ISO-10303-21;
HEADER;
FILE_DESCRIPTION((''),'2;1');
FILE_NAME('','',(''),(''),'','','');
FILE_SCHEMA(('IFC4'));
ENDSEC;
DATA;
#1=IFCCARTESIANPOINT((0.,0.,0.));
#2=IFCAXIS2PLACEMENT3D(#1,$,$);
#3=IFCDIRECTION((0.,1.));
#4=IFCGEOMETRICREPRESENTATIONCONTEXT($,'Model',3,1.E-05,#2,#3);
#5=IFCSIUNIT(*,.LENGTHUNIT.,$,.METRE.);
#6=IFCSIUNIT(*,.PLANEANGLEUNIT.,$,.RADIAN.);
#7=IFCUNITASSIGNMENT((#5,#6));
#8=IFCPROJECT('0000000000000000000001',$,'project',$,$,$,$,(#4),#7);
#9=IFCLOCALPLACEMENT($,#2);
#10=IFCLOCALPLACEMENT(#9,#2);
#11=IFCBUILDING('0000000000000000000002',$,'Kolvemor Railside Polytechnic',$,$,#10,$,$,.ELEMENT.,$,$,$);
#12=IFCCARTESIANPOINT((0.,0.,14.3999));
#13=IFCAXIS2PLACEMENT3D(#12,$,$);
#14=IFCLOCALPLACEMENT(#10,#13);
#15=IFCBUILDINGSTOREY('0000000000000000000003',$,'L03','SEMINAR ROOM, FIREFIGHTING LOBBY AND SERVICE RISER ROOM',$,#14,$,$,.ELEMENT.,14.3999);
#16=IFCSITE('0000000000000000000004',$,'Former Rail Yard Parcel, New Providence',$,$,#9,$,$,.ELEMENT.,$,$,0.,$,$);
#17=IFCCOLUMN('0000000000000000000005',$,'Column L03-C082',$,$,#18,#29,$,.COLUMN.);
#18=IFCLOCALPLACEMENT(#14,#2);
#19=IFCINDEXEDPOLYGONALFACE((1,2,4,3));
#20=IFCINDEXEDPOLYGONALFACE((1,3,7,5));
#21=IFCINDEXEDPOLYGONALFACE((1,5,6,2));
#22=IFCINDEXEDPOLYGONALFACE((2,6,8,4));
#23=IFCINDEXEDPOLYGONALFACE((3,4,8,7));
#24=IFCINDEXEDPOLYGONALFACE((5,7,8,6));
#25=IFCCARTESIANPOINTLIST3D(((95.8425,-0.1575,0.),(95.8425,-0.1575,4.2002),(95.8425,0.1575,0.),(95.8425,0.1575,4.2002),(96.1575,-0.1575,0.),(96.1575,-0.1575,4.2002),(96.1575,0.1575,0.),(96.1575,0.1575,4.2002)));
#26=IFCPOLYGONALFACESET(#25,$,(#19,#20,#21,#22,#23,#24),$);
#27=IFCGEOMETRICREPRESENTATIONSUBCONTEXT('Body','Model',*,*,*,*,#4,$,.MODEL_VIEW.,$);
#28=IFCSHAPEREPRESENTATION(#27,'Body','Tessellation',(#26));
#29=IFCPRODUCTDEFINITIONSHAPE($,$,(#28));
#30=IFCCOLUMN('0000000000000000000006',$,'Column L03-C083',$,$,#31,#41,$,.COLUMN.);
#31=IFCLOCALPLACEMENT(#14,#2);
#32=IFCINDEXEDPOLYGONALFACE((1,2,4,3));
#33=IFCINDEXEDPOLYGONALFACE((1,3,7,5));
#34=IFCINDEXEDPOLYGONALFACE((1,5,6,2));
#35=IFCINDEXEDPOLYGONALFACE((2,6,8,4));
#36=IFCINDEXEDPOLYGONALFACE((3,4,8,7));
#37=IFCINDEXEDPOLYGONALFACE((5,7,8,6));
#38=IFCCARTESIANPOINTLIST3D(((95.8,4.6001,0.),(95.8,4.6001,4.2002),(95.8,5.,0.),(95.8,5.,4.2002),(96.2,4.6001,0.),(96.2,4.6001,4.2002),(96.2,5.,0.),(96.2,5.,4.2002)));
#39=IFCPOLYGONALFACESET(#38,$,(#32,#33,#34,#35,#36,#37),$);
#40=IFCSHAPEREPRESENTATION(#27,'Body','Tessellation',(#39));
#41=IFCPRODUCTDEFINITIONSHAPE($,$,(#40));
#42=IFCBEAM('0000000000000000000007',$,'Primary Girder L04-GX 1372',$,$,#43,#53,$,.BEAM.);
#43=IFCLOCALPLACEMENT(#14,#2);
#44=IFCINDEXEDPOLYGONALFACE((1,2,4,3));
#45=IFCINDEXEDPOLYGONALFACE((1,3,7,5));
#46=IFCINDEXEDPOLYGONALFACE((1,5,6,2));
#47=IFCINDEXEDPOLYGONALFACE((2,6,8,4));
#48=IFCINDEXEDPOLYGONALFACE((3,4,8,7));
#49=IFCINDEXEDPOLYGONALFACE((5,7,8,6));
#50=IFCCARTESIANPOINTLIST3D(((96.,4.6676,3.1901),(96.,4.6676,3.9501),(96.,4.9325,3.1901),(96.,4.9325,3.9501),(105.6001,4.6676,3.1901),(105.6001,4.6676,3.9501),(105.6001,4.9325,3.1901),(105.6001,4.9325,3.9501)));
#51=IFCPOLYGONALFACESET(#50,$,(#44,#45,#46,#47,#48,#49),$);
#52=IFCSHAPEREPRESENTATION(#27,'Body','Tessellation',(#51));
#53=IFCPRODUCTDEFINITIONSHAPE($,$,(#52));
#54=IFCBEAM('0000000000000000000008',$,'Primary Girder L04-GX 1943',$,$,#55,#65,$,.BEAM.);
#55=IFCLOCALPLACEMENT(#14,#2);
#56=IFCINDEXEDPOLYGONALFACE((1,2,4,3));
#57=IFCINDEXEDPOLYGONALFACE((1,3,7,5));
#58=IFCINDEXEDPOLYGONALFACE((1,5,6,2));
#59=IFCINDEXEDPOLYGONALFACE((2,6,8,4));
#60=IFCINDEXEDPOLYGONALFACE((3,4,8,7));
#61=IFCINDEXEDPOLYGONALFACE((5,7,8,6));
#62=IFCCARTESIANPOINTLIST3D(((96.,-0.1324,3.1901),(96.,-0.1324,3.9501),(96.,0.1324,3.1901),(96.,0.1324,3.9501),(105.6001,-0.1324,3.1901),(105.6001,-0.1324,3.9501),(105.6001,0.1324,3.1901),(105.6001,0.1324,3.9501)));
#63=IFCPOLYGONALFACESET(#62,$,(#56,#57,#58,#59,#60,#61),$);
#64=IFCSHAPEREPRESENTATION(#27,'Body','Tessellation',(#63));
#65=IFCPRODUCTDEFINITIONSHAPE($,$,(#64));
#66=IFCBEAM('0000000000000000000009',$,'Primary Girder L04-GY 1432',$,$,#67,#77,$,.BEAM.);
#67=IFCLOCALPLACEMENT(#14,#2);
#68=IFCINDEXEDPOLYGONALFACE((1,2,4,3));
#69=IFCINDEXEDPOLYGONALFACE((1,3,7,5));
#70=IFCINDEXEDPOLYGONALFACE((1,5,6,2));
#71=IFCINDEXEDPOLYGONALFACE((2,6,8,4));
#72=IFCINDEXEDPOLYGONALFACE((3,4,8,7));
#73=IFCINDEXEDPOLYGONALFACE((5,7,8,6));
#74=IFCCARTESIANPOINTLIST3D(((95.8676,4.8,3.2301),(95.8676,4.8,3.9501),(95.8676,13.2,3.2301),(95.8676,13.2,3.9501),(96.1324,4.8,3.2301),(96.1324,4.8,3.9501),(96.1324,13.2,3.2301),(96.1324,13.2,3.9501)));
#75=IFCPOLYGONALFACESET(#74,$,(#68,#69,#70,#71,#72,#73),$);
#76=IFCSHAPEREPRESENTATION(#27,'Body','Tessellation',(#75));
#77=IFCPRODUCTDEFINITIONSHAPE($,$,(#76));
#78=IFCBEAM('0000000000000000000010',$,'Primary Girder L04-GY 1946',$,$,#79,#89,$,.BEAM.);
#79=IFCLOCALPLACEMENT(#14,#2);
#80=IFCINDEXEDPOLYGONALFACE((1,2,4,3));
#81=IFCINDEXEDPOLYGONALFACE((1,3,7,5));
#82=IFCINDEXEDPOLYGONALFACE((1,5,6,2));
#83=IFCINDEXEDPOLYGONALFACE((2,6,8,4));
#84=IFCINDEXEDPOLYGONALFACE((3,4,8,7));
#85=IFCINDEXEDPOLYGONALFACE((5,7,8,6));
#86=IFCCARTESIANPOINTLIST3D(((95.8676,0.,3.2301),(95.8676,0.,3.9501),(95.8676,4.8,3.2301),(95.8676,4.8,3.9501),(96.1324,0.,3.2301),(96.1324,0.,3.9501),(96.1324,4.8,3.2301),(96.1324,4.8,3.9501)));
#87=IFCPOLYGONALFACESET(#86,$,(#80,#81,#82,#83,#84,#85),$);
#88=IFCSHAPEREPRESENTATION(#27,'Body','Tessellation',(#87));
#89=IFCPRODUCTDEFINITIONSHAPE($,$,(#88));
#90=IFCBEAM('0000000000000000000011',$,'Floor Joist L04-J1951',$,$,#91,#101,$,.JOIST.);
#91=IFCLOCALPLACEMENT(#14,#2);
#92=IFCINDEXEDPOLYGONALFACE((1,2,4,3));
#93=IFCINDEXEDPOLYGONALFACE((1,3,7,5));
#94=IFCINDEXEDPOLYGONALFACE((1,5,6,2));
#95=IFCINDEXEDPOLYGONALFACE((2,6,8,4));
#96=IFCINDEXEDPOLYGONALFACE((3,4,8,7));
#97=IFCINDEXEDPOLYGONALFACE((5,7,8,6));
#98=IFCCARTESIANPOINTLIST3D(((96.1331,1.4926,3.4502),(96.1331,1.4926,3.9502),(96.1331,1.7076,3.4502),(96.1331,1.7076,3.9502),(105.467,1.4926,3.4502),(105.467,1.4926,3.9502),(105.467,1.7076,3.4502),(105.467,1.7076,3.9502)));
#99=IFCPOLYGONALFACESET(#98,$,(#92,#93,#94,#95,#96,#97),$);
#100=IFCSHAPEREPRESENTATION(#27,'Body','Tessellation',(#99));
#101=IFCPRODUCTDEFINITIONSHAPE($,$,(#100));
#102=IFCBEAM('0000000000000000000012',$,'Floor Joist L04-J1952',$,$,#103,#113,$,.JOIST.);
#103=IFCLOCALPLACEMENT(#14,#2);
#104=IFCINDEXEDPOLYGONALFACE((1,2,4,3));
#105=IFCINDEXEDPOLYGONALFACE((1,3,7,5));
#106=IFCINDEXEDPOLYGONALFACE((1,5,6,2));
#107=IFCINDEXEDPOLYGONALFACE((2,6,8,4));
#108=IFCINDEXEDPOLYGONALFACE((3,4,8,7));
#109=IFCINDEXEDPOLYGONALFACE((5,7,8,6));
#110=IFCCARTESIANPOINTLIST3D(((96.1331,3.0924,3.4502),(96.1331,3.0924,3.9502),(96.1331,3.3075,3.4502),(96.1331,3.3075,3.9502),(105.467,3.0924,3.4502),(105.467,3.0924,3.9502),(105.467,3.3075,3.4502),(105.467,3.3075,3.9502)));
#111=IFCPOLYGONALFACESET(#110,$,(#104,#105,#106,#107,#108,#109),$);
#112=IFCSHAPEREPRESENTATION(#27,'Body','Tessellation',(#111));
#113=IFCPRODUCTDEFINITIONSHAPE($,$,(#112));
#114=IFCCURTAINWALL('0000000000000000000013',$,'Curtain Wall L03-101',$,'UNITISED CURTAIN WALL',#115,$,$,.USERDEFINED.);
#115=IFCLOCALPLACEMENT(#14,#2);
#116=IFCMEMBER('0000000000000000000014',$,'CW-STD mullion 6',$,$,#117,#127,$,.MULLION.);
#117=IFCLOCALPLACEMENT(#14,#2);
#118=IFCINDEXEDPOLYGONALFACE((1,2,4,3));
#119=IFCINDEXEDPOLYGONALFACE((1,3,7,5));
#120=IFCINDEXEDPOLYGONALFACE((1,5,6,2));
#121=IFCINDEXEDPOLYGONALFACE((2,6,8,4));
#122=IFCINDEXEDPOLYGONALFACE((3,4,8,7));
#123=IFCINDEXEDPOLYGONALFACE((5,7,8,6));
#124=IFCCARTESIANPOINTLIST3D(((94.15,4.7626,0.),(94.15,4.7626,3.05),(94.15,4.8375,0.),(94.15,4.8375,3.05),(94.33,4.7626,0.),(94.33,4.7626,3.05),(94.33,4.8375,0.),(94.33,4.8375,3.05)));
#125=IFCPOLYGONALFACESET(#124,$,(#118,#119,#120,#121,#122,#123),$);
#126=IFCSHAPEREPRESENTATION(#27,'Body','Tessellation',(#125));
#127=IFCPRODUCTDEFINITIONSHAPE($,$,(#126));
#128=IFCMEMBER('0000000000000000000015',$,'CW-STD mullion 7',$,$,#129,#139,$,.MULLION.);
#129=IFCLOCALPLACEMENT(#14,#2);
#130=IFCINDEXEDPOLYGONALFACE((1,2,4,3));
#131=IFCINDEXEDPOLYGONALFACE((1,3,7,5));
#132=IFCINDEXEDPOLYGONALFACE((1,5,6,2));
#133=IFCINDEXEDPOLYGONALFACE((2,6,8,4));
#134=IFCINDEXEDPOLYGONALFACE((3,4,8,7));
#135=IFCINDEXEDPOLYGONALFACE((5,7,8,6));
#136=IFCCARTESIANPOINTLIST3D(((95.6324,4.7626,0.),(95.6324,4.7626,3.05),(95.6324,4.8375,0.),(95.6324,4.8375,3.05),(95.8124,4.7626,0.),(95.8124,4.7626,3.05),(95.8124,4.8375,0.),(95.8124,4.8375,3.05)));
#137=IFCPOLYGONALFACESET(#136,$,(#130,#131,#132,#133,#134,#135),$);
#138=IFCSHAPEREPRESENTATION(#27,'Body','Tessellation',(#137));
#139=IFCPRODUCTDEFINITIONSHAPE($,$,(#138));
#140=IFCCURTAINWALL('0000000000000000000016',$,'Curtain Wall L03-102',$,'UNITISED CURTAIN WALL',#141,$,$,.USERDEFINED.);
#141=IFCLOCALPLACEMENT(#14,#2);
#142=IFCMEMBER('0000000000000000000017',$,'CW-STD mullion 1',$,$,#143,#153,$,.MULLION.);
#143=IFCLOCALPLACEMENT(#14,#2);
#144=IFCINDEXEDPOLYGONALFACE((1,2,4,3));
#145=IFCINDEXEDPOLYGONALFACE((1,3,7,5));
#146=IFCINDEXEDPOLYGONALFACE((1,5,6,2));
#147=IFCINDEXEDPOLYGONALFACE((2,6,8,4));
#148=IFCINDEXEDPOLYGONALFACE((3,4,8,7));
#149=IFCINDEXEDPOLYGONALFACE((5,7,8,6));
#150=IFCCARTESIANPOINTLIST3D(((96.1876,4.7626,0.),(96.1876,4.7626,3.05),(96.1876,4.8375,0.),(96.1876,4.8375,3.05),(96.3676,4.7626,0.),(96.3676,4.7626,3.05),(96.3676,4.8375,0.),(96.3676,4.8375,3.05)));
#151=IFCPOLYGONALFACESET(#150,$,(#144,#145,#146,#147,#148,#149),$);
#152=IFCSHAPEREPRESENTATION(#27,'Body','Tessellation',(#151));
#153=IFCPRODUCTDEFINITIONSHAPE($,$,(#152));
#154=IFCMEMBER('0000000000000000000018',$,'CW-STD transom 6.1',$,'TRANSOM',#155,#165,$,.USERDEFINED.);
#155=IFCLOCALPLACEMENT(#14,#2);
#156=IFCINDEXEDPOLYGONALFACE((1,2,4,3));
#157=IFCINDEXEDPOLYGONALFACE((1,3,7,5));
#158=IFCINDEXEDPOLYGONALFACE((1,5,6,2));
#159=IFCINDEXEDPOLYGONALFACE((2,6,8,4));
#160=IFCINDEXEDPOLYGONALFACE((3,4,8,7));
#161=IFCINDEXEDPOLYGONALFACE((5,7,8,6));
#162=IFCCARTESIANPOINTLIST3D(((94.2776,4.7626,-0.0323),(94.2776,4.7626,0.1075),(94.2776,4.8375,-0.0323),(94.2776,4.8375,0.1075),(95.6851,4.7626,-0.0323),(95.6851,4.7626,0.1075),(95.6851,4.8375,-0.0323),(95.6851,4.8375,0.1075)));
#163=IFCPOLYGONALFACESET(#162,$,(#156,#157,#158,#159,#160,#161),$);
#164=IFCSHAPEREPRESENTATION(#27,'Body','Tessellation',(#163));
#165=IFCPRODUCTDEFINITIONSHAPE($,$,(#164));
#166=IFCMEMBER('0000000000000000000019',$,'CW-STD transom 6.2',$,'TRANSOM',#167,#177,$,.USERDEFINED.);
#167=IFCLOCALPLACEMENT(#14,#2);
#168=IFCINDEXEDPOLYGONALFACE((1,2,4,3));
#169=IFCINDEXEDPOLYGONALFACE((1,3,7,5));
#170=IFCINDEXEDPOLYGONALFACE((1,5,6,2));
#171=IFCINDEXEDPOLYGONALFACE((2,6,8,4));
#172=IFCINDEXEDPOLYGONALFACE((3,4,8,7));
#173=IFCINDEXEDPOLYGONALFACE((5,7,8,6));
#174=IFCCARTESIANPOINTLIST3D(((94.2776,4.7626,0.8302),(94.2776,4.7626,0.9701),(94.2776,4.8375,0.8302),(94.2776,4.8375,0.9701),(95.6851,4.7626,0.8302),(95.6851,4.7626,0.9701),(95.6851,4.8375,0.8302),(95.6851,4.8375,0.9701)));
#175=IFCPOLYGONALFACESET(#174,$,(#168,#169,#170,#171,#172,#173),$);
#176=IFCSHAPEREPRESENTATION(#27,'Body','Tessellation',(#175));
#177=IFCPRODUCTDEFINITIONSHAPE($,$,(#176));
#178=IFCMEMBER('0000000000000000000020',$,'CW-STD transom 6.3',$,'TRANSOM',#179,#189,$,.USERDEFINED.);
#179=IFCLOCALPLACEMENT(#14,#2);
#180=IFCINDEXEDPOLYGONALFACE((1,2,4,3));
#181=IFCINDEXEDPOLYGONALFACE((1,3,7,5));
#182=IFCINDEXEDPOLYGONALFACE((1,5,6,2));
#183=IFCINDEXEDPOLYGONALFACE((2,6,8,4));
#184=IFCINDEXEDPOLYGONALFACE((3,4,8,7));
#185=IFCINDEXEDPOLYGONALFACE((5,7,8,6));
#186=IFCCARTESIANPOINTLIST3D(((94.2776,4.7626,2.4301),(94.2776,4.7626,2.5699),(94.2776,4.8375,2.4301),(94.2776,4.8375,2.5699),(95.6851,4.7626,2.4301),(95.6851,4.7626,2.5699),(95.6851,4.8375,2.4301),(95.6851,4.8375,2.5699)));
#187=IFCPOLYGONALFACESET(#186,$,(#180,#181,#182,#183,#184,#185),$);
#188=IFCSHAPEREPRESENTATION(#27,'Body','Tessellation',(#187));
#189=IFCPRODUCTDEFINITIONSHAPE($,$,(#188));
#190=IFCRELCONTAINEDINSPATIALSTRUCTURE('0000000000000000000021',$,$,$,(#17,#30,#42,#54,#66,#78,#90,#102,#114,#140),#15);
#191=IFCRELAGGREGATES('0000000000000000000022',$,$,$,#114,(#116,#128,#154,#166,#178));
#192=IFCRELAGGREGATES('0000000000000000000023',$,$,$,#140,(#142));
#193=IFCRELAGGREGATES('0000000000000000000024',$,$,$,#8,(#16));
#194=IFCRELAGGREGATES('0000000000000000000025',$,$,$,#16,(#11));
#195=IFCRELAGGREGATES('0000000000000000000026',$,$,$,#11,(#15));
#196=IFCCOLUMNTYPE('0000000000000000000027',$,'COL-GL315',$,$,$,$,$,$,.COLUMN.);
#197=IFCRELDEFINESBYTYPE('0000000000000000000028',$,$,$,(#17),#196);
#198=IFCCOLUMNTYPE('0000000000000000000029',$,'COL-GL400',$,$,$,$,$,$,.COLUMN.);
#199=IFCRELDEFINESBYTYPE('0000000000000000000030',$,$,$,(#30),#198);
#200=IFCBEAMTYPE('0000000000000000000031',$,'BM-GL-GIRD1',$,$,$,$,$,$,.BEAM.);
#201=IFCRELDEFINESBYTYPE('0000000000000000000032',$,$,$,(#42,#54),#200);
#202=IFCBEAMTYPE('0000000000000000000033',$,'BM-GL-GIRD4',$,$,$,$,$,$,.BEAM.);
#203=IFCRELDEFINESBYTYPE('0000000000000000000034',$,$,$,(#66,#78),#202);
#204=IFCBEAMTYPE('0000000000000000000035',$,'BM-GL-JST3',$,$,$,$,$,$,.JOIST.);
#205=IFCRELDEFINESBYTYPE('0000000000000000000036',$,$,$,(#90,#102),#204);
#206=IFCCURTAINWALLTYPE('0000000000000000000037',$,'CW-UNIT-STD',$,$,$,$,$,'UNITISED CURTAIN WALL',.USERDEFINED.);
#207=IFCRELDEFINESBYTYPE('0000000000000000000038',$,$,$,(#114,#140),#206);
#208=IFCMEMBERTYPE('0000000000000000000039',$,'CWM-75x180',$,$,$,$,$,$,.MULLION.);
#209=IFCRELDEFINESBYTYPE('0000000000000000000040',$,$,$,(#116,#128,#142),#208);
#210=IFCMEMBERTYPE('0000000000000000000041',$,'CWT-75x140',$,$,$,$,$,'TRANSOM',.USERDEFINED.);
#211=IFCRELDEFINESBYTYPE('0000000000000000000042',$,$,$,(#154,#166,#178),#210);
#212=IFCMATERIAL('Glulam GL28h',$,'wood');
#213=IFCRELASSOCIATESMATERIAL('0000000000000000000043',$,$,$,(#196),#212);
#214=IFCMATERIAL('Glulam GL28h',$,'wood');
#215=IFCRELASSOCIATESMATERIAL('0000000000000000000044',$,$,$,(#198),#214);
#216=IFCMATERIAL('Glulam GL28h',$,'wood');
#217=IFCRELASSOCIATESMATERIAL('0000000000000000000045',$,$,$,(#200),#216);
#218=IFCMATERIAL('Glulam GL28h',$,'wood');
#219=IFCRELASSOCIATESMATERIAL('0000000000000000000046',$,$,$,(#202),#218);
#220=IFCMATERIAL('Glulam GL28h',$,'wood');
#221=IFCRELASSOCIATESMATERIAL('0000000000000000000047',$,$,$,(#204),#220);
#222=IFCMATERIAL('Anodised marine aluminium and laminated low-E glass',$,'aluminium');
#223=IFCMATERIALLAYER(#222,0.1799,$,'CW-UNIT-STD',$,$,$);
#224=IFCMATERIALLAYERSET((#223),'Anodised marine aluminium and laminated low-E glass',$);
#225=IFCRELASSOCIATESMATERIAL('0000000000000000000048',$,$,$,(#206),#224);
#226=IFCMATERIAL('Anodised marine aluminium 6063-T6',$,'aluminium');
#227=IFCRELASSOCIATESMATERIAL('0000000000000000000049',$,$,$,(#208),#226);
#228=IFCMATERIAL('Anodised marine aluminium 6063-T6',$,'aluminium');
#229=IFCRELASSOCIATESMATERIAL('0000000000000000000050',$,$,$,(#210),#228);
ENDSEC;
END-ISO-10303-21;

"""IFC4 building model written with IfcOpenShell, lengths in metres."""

from ifc_helpers import new_model, si_unit, direction, frame, origin, origin_2d, place, context, subcontext, project, spatial, rectangle, extrude, material, layer, layer_set, material_profile, profile_set, type_object, element, aggregate, save


model = new_model("IFC4")

# Units and contexts
model_context = context("Model", 3, precision=1e-05, world=origin(), true_north=direction((0.0, 1.0)))
body_context = subcontext(model_context, "Body", "Model", "MODEL_VIEW")
ifc_project = project(units=[si_unit("LENGTHUNIT", "METRE"), si_unit("PLANEANGLEUNIT", "RADIAN")], contexts=[model_context])

# Site, building, storey
site_placement = place(None, origin())
site = spatial("IfcSite", under=ifc_project, at=site_placement, Name="Former Rail Yard Parcel, New Providence", CompositionType="ELEMENT", RefElevation=0.0)
building_placement = place(site_placement, origin())
building = spatial("IfcBuilding", under=site, at=building_placement, Name="Kolvemor Railside Polytechnic", CompositionType="ELEMENT")
storey_placement = place(building_placement, frame((0.0, 0.0, 14.3999)))
storey = spatial("IfcBuildingStorey", under=building, at=storey_placement, Name="L03", Description="SEMINAR ROOM, FIREFIGHTING LOBBY AND SERVICE RISER ROOM", CompositionType="ELEMENT", Elevation=14.3999)

# Columns
ifc_material_1 = material(Name="Glulam GL28h", Category="wood")
ifc_material_profile_1 = material_profile(ifc_material_1, rectangle(XDim=0.3149, YDim=0.3149, at=origin_2d()), Name="GL315x315")
ifc_profile_set_1 = profile_set([ifc_material_profile_1], Name="Glulam GL28h")
column_type_1 = type_object("IfcColumnType", Name="COL-GL315", PredefinedType="COLUMN", material=ifc_profile_set_1)
column_1_placement = place(storey_placement, frame((96.0, 0.0, 0.0), z_axis=(0.0, 0.0, 1.0), x_axis=(1.0, 0.0, 0.0)))
element("IfcColumn", 1, at=column_1_placement, inside=storey, type_object=column_type_1, Name="Column L03-C082", PredefinedType="COLUMN", context=body_context, shape_type="SweptSolid", body=[
    extrude(rectangle(XDim=0.3149, YDim=0.3149, at=origin_2d()), origin(), (0.0, 0.0, 1.0), 4.2002),
])
ifc_material_2 = material(Name="Glulam GL28h", Category="wood")
ifc_material_profile_2 = material_profile(ifc_material_2, rectangle(XDim=0.3999, YDim=0.3999, at=origin_2d()), Name="GL400x400")
ifc_profile_set_2 = profile_set([ifc_material_profile_2], Name="Glulam GL28h")
column_type_2 = type_object("IfcColumnType", Name="COL-GL400", PredefinedType="COLUMN", material=ifc_profile_set_2)
column_2_placement = place(storey_placement, frame((96.0, 4.8, 0.0), z_axis=(0.0, 0.0, 1.0), x_axis=(1.0, 0.0, 0.0)))
element("IfcColumn", 2, at=column_2_placement, inside=storey, type_object=column_type_2, Name="Column L03-C083", PredefinedType="COLUMN", context=body_context, shape_type="SweptSolid", body=[
    extrude(rectangle(XDim=0.3999, YDim=0.3999, at=origin_2d()), origin(), (0.0, 0.0, 1.0), 4.2002),
])

# Beams
ifc_material_3 = material(Name="Glulam GL28h", Category="wood")
ifc_material_profile_3 = material_profile(ifc_material_3, rectangle(XDim=0.2649, YDim=0.76, at=origin_2d()), Name="GL265x760")
ifc_profile_set_3 = profile_set([ifc_material_profile_3], Name="Glulam GL28h")
beam_type_1 = type_object("IfcBeamType", Name="BM-GL-GIRD1", PredefinedType="BEAM", material=ifc_profile_set_3)
for number, where, z_axis, x_axis, name in (
    (3, (96.0, 4.8, 3.5701), (1.0, 0.0, 0.0), (0.0, 1.0, 0.0), "Primary Girder L04-GX 1372"),
    (4, (96.0, 0.0, 3.5701), (1.0, 0.0, 0.0), (0.0, 1.0, 0.0), "Primary Girder L04-GX 1943"),
):
    element("IfcBeam", number, at=place(storey_placement, frame(where, z_axis=z_axis, x_axis=x_axis)), inside=storey, type_object=beam_type_1, Name=name, PredefinedType="BEAM", context=body_context, shape_type="SweptSolid", body=[
        extrude(rectangle(XDim=0.2649, YDim=0.76, at=origin_2d()), origin(), (0.0, 0.0, 1.0), 9.6001),
    ])
ifc_material_4 = material(Name="Glulam GL28h", Category="wood")
ifc_material_profile_4 = material_profile(ifc_material_4, rectangle(XDim=0.2649, YDim=0.72, at=origin_2d()), Name="GL265x720")
ifc_profile_set_4 = profile_set([ifc_material_profile_4], Name="Glulam GL28h")
beam_type_2 = type_object("IfcBeamType", Name="BM-GL-GIRD4", PredefinedType="BEAM", material=ifc_profile_set_4)
beam_1_placement = place(storey_placement, frame((96.0, 4.8, 3.5901), z_axis=(0.0, 1.0, 0.0), x_axis=(-1.0, 0.0, 0.0)))
element("IfcBeam", 5, at=beam_1_placement, inside=storey, type_object=beam_type_2, Name="Primary Girder L04-GY 1432", PredefinedType="BEAM", context=body_context, shape_type="SweptSolid", body=[
    extrude(rectangle(XDim=0.2649, YDim=0.72, at=origin_2d()), origin(), (0.0, 0.0, 1.0), 8.3999),
])
beam_2_placement = place(storey_placement, frame((96.0, 0.0, 3.5901), z_axis=(0.0, 1.0, 0.0), x_axis=(-1.0, 0.0, 0.0)))
element("IfcBeam", 6, at=beam_2_placement, inside=storey, type_object=beam_type_2, Name="Primary Girder L04-GY 1946", PredefinedType="BEAM", context=body_context, shape_type="SweptSolid", body=[
    extrude(rectangle(XDim=0.2649, YDim=0.72, at=origin_2d()), origin(), (0.0, 0.0, 1.0), 4.8),
])
ifc_material_5 = material(Name="Glulam GL28h", Category="wood")
ifc_material_profile_5 = material_profile(ifc_material_5, rectangle(XDim=0.2151, YDim=0.5, at=origin_2d()), Name="GL215x500")
ifc_profile_set_5 = profile_set([ifc_material_profile_5], Name="Glulam GL28h")
beam_type_3 = type_object("IfcBeamType", Name="BM-GL-JST3", PredefinedType="JOIST", material=ifc_profile_set_5)
for number, where, z_axis, x_axis, name in (
    (7, (96.1331, 1.6001, 3.7002), (1.0, 0.0, 0.0), (0.0, 1.0, 0.0), "Floor Joist L04-J1951"),
    (8, (96.1331, 3.2, 3.7002), (1.0, 0.0, 0.0), (0.0, 1.0, 0.0), "Floor Joist L04-J1952"),
):
    element("IfcBeam", number, at=place(storey_placement, frame(where, z_axis=z_axis, x_axis=x_axis)), inside=storey, type_object=beam_type_3, Name=name, PredefinedType="JOIST", context=body_context, shape_type="SweptSolid", body=[
        extrude(rectangle(XDim=0.2151, YDim=0.5, at=origin_2d()), origin(), (0.0, 0.0, 1.0), 9.334),
    ])

# Curtain wall, members
ifc_material_6 = material(Name="Anodised marine aluminium and laminated low-E glass", Category="aluminium")
ifc_layer_1 = layer(ifc_material_6, 0.1799, Name="CW-UNIT-STD")
ifc_layer_set_1 = layer_set([ifc_layer_1], Name="Anodised marine aluminium and laminated low-E glass")
curtain_wall_type = type_object("IfcCurtainWallType", Name="CW-UNIT-STD", ElementType="UNITISED CURTAIN WALL", PredefinedType="USERDEFINED", material=ifc_layer_set_1)
curtain_wall_1_placement = place(storey_placement, origin())
curtain_wall_1 = element("IfcCurtainWall", 9, at=curtain_wall_1_placement, inside=storey, type_object=curtain_wall_type, Name="Curtain Wall L03-101", ObjectType="UNITISED CURTAIN WALL", PredefinedType="USERDEFINED")
ifc_material_7 = material(Name="Anodised marine aluminium 6063-T6", Category="aluminium")
ifc_material_profile_6 = material_profile(ifc_material_7, rectangle(XDim=0.075, YDim=0.1799, at=origin_2d()), Name="CW-MUL-75x180")
ifc_profile_set_6 = profile_set([ifc_material_profile_6], Name="Anodised marine aluminium 6063-T6")
member_type_1 = type_object("IfcMemberType", Name="CWM-75x180", PredefinedType="MULLION", material=ifc_profile_set_6)
member_1_placement = place(storey_placement, frame((94.24, 4.8, 0.0), z_axis=(0.0, 0.0, 1.0), x_axis=(0.0, 1.0, 0.0)))
member_1 = element("IfcMember", 10, at=member_1_placement, type_object=member_type_1, Name="CW-STD mullion 6", PredefinedType="MULLION", context=body_context, shape_type="SweptSolid", body=[
    extrude(rectangle(XDim=0.075, YDim=0.1799, at=origin_2d()), origin(), (0.0, 0.0, 1.0), 3.05),
])
member_2_placement = place(storey_placement, frame((95.7224, 4.8, 0.0), z_axis=(0.0, 0.0, 1.0), x_axis=(0.0, 1.0, 0.0)))
member_2 = element("IfcMember", 11, at=member_2_placement, type_object=member_type_1, Name="CW-STD mullion 7", PredefinedType="MULLION", context=body_context, shape_type="SweptSolid", body=[
    extrude(rectangle(XDim=0.075, YDim=0.1799, at=origin_2d()), origin(), (0.0, 0.0, 1.0), 3.05),
])

# Curtain wall, member
curtain_wall_2_placement = place(storey_placement, origin())
curtain_wall_2 = element("IfcCurtainWall", 12, at=curtain_wall_2_placement, inside=storey, type_object=curtain_wall_type, Name="Curtain Wall L03-102", ObjectType="UNITISED CURTAIN WALL", PredefinedType="USERDEFINED")
member_3_placement = place(storey_placement, frame((96.2776, 4.8, 0.0), z_axis=(0.0, 0.0, 1.0), x_axis=(0.0, 1.0, 0.0)))
member_3 = element("IfcMember", 13, at=member_3_placement, type_object=member_type_1, Name="CW-STD mullion 1", PredefinedType="MULLION", context=body_context, shape_type="SweptSolid", body=[
    extrude(rectangle(XDim=0.075, YDim=0.1799, at=origin_2d()), origin(), (0.0, 0.0, 1.0), 3.05),
])

# Members
ifc_material_8 = material(Name="Anodised marine aluminium 6063-T6", Category="aluminium")
ifc_material_profile_7 = material_profile(ifc_material_8, rectangle(XDim=0.075, YDim=0.1399, at=origin_2d()), Name="CW-TRN-75x140")
ifc_profile_set_7 = profile_set([ifc_material_profile_7], Name="Anodised marine aluminium 6063-T6")
member_type_2 = type_object("IfcMemberType", Name="CWT-75x140", ElementType="TRANSOM", PredefinedType="USERDEFINED", material=ifc_profile_set_7)
member_4_placement = place(storey_placement, frame((94.2776, 4.8, 0.0376), z_axis=(1.0, 0.0, 0.0), x_axis=(0.0, 1.0, 0.0)))
member_4 = element("IfcMember", 14, at=member_4_placement, type_object=member_type_2, Name="CW-STD transom 6.1", ObjectType="TRANSOM", PredefinedType="USERDEFINED", context=body_context, shape_type="SweptSolid", body=[
    extrude(rectangle(XDim=0.075, YDim=0.1399, at=origin_2d()), origin(), (0.0, 0.0, 1.0), 1.4075),
])
member_5_placement = place(storey_placement, frame((94.2776, 4.8, 0.9001), z_axis=(1.0, 0.0, 0.0), x_axis=(0.0, 1.0, 0.0)))
member_5 = element("IfcMember", 15, at=member_5_placement, type_object=member_type_2, Name="CW-STD transom 6.2", ObjectType="TRANSOM", PredefinedType="USERDEFINED", context=body_context, shape_type="SweptSolid", body=[
    extrude(rectangle(XDim=0.075, YDim=0.1399, at=origin_2d()), origin(), (0.0, 0.0, 1.0), 1.4075),
])
member_6_placement = place(storey_placement, frame((94.2776, 4.8, 2.5), z_axis=(1.0, 0.0, 0.0), x_axis=(0.0, 1.0, 0.0)))
member_6 = element("IfcMember", 16, at=member_6_placement, type_object=member_type_2, Name="CW-STD transom 6.3", ObjectType="TRANSOM", PredefinedType="USERDEFINED", context=body_context, shape_type="SweptSolid", body=[
    extrude(rectangle(XDim=0.075, YDim=0.1399, at=origin_2d()), origin(), (0.0, 0.0, 1.0), 1.4075),
])

aggregate(curtain_wall_1, [member_1, member_2, member_4, member_5, member_6])
aggregate(curtain_wall_2, [member_3])

save(model, "model.ifc")
